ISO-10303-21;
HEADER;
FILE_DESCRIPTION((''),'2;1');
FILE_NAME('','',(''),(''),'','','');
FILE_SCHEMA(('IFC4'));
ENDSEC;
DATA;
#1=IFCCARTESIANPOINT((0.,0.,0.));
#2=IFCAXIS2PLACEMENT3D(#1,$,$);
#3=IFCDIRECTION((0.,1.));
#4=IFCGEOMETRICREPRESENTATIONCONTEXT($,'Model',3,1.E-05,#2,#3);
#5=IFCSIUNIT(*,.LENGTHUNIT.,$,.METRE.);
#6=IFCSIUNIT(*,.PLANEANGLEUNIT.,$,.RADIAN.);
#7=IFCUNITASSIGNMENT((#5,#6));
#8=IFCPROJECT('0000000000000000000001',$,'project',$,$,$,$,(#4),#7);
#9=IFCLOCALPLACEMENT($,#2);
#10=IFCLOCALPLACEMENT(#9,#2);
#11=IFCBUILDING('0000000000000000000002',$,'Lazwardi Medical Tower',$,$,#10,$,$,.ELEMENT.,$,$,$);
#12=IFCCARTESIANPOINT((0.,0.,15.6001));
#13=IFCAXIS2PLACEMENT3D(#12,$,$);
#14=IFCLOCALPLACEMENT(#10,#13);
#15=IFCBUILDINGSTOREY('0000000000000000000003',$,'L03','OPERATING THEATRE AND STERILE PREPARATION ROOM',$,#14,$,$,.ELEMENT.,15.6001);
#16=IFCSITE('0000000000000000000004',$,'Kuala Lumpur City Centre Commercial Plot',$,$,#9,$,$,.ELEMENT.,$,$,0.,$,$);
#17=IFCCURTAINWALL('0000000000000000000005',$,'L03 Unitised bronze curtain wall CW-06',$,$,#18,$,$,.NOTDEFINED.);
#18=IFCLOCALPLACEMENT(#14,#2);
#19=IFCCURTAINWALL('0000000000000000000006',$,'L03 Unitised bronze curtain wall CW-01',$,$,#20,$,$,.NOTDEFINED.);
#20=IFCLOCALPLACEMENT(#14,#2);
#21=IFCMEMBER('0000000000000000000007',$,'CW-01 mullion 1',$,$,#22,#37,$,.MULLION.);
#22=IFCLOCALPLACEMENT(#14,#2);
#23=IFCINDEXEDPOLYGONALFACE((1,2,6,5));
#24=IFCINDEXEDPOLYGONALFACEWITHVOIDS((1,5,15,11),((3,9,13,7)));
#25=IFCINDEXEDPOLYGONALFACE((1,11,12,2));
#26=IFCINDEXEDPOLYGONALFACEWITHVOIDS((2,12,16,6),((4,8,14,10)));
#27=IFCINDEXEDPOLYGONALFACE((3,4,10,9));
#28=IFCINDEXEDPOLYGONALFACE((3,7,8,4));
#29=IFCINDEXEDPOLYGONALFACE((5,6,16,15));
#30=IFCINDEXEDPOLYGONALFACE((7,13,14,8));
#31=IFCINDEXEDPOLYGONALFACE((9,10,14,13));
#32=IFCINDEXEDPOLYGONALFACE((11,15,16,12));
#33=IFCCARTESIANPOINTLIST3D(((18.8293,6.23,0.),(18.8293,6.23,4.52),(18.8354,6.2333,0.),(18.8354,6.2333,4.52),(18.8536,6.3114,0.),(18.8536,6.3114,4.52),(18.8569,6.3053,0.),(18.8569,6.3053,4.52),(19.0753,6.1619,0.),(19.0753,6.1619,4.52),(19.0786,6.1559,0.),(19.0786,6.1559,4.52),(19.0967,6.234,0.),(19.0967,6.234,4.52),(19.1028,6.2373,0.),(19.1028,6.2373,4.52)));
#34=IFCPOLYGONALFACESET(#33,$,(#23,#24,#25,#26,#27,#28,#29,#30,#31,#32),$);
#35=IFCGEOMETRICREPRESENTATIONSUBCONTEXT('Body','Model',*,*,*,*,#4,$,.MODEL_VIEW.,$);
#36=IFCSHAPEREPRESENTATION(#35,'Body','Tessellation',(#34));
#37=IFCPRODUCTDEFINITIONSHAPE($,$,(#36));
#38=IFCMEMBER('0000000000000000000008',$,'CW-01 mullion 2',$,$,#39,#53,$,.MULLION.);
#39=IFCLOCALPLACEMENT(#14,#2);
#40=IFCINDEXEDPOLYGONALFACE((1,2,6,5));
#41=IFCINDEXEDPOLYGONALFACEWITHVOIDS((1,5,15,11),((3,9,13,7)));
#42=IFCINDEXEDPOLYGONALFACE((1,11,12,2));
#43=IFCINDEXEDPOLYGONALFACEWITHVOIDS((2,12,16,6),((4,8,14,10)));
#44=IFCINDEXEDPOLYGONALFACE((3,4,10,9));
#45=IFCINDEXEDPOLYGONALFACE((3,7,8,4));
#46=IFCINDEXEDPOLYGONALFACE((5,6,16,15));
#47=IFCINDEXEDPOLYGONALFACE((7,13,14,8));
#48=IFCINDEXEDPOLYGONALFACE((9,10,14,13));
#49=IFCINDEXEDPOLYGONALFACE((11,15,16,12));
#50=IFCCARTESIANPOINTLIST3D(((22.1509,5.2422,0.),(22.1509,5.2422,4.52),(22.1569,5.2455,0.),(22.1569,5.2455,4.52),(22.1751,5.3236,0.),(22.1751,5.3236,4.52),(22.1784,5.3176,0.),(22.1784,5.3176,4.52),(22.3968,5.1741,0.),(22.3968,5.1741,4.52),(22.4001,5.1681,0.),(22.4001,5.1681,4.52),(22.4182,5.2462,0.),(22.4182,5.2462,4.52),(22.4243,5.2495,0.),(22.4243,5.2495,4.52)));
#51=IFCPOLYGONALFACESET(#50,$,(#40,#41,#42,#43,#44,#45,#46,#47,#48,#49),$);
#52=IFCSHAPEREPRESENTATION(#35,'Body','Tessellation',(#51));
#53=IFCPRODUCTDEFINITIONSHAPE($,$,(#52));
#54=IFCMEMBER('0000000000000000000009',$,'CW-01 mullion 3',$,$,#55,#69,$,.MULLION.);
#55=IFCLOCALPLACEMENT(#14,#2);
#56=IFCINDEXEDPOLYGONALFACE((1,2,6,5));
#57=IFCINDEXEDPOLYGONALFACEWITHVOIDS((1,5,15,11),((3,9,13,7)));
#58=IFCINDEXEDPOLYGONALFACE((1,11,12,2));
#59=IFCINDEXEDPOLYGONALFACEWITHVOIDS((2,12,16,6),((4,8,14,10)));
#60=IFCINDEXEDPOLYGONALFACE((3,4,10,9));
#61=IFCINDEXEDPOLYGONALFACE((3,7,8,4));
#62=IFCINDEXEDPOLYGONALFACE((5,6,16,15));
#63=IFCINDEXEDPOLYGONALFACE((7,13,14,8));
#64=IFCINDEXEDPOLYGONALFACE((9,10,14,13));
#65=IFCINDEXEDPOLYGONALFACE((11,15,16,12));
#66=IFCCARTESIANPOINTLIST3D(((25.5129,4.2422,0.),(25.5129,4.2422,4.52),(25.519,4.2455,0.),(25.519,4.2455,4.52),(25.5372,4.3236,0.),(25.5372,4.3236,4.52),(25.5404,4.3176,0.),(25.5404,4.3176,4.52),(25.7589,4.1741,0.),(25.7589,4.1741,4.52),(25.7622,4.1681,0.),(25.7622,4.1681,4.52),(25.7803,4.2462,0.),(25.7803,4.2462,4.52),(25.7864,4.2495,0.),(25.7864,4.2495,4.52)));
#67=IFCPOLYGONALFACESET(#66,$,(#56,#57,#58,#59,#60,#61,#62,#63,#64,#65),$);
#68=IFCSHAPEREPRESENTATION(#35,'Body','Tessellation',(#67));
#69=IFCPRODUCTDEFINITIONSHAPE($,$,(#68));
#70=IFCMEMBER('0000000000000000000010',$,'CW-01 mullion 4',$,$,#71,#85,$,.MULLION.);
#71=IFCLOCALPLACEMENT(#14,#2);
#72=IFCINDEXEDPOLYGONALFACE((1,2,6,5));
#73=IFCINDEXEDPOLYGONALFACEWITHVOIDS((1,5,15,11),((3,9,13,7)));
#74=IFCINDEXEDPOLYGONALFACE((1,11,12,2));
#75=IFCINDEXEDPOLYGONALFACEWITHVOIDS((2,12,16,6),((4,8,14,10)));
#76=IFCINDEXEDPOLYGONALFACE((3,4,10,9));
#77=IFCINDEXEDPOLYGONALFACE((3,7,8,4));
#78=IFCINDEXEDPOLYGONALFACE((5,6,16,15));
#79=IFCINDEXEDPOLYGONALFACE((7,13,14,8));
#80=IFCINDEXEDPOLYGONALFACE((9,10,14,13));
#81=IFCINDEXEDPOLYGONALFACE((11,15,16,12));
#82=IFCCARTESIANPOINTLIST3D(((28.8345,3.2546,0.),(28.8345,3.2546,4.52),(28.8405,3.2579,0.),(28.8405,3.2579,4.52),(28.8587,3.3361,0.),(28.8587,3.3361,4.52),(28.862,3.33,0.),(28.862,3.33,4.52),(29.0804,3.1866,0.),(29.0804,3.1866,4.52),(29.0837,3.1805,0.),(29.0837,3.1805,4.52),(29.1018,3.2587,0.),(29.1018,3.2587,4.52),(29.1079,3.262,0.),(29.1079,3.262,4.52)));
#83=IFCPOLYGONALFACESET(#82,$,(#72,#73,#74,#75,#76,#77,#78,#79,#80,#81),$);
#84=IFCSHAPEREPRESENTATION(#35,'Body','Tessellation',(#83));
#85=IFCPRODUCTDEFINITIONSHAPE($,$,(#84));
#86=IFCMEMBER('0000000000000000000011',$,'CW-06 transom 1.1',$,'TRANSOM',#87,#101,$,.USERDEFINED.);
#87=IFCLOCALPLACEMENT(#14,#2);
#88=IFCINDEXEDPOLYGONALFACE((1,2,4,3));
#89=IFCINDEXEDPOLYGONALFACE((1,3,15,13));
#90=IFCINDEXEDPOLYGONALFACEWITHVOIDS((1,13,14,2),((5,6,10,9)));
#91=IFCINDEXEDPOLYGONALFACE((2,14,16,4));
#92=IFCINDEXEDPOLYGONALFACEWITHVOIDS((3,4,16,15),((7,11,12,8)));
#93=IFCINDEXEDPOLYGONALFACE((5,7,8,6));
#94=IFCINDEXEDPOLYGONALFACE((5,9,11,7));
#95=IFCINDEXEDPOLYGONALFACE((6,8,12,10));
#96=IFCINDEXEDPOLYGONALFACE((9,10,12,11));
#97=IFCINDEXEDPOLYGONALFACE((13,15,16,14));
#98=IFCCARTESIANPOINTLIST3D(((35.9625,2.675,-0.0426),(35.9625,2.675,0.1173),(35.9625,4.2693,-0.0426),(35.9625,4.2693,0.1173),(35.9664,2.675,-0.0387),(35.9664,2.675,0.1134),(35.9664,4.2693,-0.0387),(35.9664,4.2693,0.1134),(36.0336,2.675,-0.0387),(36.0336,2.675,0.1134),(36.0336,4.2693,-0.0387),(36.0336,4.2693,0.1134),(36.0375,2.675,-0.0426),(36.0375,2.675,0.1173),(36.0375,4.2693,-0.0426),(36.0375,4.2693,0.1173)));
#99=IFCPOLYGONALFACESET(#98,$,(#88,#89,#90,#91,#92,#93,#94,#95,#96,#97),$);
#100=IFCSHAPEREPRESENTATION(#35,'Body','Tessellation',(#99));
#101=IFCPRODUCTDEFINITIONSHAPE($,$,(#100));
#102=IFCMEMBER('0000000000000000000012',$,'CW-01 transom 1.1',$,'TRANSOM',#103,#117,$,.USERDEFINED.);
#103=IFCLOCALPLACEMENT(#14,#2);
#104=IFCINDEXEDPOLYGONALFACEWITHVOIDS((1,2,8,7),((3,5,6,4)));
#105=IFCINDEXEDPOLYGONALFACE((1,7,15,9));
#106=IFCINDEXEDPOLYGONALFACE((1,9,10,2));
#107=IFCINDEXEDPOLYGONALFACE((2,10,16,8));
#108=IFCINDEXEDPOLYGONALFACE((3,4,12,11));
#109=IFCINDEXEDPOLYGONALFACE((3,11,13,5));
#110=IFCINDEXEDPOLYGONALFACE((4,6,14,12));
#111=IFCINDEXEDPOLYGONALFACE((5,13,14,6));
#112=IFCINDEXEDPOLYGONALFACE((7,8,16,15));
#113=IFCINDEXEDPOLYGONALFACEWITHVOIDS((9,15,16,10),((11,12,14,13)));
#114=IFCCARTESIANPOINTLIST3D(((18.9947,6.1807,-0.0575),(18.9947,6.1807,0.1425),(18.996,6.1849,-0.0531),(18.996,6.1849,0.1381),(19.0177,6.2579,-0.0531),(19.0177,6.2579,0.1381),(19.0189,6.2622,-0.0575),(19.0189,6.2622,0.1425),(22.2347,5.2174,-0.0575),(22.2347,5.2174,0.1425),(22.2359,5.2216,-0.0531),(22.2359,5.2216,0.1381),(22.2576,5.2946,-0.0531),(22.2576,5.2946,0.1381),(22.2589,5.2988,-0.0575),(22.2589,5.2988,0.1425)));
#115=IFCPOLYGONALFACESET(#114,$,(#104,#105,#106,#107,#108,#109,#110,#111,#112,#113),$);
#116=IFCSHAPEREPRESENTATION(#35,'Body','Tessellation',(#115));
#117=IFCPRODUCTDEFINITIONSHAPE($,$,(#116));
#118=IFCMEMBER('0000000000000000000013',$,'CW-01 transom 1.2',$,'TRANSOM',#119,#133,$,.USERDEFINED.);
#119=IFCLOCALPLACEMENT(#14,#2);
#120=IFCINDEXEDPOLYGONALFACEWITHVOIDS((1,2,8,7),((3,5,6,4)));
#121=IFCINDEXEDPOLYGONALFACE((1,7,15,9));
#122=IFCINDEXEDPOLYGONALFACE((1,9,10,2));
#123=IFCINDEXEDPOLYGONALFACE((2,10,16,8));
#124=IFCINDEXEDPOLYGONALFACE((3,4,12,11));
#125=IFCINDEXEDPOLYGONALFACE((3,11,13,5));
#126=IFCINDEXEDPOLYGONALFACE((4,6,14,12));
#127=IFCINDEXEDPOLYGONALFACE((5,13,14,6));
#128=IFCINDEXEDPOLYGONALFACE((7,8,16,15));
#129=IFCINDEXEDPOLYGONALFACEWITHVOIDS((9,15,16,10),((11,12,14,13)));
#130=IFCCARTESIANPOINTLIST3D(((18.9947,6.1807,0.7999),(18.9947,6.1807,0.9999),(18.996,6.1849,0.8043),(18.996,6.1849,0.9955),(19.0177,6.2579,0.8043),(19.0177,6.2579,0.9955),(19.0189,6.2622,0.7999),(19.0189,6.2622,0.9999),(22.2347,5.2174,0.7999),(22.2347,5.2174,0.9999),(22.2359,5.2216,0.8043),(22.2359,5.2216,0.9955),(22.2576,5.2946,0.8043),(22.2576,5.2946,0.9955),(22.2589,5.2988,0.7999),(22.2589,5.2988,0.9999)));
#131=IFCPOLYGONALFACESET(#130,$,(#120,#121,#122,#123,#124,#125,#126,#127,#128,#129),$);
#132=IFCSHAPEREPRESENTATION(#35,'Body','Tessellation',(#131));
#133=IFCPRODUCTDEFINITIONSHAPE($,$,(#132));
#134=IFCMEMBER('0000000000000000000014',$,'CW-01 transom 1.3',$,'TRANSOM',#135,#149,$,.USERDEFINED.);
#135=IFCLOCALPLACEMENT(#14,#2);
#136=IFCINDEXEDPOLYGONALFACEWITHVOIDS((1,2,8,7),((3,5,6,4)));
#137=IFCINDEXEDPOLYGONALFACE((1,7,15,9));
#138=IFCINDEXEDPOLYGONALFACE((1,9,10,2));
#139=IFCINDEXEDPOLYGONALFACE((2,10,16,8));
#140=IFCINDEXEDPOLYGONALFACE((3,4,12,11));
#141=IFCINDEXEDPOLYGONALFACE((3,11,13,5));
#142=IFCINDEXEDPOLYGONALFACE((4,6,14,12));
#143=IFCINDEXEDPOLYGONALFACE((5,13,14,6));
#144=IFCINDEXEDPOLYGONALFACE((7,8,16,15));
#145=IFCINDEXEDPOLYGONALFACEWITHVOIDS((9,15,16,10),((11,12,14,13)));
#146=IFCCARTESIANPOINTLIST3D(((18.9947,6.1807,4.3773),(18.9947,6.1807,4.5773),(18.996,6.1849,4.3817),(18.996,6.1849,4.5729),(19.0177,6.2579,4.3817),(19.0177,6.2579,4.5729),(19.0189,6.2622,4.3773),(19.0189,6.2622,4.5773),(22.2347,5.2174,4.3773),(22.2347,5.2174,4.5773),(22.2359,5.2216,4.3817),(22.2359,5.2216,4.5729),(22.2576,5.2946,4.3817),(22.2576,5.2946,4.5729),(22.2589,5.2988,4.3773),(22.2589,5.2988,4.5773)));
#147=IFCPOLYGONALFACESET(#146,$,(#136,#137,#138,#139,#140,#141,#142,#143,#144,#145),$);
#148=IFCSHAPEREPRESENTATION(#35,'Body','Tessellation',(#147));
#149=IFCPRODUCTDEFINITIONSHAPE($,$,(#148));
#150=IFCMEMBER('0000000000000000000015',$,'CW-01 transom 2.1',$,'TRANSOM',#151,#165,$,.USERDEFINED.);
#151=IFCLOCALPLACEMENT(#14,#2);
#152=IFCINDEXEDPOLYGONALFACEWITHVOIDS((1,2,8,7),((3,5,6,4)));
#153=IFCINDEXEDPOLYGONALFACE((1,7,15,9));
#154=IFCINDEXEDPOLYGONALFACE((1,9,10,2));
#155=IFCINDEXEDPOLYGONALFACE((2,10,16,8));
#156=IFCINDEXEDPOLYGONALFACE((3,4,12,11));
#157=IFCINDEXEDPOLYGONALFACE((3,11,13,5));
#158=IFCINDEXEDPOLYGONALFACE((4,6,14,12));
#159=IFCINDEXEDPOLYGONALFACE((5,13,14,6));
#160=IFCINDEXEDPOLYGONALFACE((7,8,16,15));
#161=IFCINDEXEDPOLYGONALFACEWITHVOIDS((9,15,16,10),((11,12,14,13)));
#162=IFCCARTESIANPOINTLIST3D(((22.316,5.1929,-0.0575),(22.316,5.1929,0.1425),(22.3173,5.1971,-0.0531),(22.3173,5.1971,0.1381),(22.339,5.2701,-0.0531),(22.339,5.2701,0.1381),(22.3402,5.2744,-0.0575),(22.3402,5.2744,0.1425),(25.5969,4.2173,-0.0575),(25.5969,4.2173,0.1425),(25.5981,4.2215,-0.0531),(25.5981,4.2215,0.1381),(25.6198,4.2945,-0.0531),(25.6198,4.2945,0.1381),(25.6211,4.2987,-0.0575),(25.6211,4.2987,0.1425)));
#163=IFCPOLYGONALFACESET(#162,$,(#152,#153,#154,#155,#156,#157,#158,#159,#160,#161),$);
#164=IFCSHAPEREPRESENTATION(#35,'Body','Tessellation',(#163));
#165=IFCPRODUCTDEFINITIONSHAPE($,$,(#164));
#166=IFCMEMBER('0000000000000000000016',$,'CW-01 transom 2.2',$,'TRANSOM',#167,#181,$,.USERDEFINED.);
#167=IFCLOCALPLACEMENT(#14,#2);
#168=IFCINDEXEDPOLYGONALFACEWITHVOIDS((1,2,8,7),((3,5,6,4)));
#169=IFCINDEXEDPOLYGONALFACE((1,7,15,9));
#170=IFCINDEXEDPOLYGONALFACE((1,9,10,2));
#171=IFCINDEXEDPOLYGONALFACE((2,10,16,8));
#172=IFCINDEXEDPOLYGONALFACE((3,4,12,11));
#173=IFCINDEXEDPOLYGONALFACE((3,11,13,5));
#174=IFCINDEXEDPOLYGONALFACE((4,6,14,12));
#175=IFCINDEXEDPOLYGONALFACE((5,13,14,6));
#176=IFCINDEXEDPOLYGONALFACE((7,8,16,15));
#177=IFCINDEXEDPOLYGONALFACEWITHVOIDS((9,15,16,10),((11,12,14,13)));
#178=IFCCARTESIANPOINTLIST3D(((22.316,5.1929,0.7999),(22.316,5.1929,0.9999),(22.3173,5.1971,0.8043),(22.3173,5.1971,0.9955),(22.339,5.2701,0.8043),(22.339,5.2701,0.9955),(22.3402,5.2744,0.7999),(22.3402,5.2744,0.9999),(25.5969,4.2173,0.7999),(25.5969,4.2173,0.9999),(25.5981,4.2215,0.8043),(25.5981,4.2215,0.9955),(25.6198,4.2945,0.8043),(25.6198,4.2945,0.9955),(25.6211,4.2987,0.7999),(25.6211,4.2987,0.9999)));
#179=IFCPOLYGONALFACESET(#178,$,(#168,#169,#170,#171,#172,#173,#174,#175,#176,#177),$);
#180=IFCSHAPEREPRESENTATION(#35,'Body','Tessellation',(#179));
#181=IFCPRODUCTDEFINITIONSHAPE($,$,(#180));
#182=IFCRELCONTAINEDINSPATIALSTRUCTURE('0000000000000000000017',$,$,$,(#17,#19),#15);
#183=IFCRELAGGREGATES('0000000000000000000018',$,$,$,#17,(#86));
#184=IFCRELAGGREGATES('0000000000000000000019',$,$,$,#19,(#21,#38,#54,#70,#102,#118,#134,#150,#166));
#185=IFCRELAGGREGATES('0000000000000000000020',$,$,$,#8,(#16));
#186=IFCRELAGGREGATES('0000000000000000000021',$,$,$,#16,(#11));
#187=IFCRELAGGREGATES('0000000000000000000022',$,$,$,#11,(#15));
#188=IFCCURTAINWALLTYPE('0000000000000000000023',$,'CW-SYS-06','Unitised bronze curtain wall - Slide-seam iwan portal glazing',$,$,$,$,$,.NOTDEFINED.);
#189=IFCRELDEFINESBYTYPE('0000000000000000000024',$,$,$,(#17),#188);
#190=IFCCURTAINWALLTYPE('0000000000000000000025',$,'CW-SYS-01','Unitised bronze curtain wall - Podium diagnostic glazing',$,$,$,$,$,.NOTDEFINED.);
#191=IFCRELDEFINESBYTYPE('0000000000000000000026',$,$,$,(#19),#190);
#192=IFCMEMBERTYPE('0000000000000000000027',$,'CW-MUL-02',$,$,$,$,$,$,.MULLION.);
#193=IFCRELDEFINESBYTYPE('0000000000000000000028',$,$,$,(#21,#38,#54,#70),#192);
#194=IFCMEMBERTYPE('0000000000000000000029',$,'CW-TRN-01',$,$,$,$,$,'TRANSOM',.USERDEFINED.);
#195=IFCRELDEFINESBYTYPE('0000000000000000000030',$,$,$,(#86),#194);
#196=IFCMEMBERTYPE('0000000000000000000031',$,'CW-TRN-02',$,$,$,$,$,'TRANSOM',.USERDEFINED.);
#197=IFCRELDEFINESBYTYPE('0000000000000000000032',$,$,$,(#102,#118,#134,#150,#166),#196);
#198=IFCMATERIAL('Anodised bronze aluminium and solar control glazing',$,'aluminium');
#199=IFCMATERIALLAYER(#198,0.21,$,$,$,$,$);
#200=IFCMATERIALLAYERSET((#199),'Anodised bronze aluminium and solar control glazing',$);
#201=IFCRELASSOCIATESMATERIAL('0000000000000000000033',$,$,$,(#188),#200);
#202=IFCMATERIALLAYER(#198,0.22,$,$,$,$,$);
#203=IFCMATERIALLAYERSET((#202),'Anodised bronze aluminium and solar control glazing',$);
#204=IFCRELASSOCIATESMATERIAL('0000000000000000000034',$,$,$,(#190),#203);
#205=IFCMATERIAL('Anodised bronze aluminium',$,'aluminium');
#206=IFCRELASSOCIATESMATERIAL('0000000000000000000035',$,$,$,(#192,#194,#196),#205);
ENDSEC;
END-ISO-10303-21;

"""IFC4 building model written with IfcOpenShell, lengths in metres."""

from ifc_helpers import new_model, si_unit, direction, frame, origin, origin_2d, place, context, subcontext, project, spatial, hollow_rectangle, extrude, material, layer, layer_set, material_profile, profile_set, type_object, element, aggregate, save


model = new_model("IFC4")

# Units and contexts
model_context = context("Model", 3, precision=1e-05, world=origin(), true_north=direction((0.0, 1.0)))
body_context = subcontext(model_context, "Body", "Model", "MODEL_VIEW")
ifc_project = project(units=[si_unit("LENGTHUNIT", "METRE"), si_unit("PLANEANGLEUNIT", "RADIAN")], contexts=[model_context])

# Site, building, storey
site_placement = place(None, origin())
site = spatial("IfcSite", under=ifc_project, at=site_placement, Name="Kuala Lumpur City Centre Commercial Plot", CompositionType="ELEMENT", RefElevation=0.0)
building_placement = place(site_placement, origin())
building = spatial("IfcBuilding", under=site, at=building_placement, Name="Lazwardi Medical Tower", CompositionType="ELEMENT")
storey_placement = place(building_placement, frame((0.0, 0.0, 15.6001)))
storey = spatial("IfcBuildingStorey", under=building, at=storey_placement, Name="L03", Description="OPERATING THEATRE AND STERILE PREPARATION ROOM", CompositionType="ELEMENT", Elevation=15.6001)

# Curtain walls, members
ifc_material_1 = material(Name="Anodised bronze aluminium and solar control glazing", Category="aluminium")
ifc_layer_1 = layer(ifc_material_1, 0.21)
ifc_layer_set_1 = layer_set([ifc_layer_1], Name="Anodised bronze aluminium and solar control glazing")
curtain_wall_type_1 = type_object("IfcCurtainWallType", Name="CW-SYS-06", Description="Unitised bronze curtain wall - Slide-seam iwan portal glazing", PredefinedType="NOTDEFINED", material=ifc_layer_set_1)
curtain_wall_1_placement = place(storey_placement, origin())
curtain_wall_1 = element("IfcCurtainWall", 1, at=curtain_wall_1_placement, inside=storey, type_object=curtain_wall_type_1, Name="L03 Unitised bronze curtain wall CW-06", PredefinedType="NOTDEFINED")
ifc_material_2 = material(Name="Anodised bronze aluminium", Category="aluminium")
ifc_layer_2 = layer(ifc_material_1, 0.22)
ifc_layer_set_2 = layer_set([ifc_layer_2], Name="Anodised bronze aluminium and solar control glazing")
curtain_wall_type_2 = type_object("IfcCurtainWallType", Name="CW-SYS-01", Description="Unitised bronze curtain wall - Podium diagnostic glazing", PredefinedType="NOTDEFINED", material=ifc_layer_set_2)
curtain_wall_2_placement = place(storey_placement, origin())
curtain_wall_2 = element("IfcCurtainWall", 2, at=curtain_wall_2_placement, inside=storey, type_object=curtain_wall_type_2, Name="L03 Unitised bronze curtain wall CW-01", PredefinedType="NOTDEFINED")
ifc_material_profile_1 = material_profile(ifc_material_2, hollow_rectangle(XDim=0.085, YDim=0.26, WallThickness=0.0049, at=origin_2d()), Name="ALU-MULLION 260x85x5")
ifc_profile_set_1 = profile_set([ifc_material_profile_1], Name="Anodised bronze aluminium")
member_type_1 = type_object("IfcMemberType", Name="CW-MUL-02", PredefinedType="MULLION", material=ifc_profile_set_1)
member_1_placement = place(storey_placement, frame((18.9661, 6.2336, 0.0), z_axis=(0.0, 0.0, 1.0), x_axis=(0.285047, 0.958513, 0.0)))
member_1 = element("IfcMember", 3, at=member_1_placement, type_object=member_type_1, Name="CW-01 mullion 1", PredefinedType="MULLION", context=body_context, shape_type="SweptSolid", body=[
    extrude(hollow_rectangle(XDim=0.085, YDim=0.26, WallThickness=0.0049, at=origin_2d()), origin(), (0.0, 0.0, 1.0), 4.52),
])
member_2_placement = place(storey_placement, frame((22.2876, 5.2458, 0.0), z_axis=(0.0, 0.0, 1.0), x_axis=(0.285047, 0.958513, 0.0)))
member_2 = element("IfcMember", 4, at=member_2_placement, type_object=member_type_1, Name="CW-01 mullion 2", PredefinedType="MULLION", context=body_context, shape_type="SweptSolid", body=[
    extrude(hollow_rectangle(XDim=0.085, YDim=0.26, WallThickness=0.0049, at=origin_2d()), origin(), (0.0, 0.0, 1.0), 4.52),
])
member_3_placement = place(storey_placement, frame((25.6497, 4.2458, 0.0), z_axis=(0.0, 0.0, 1.0), x_axis=(0.285047, 0.958513, 0.0)))
member_3 = element("IfcMember", 5, at=member_3_placement, type_object=member_type_1, Name="CW-01 mullion 3", PredefinedType="MULLION", context=body_context, shape_type="SweptSolid", body=[
    extrude(hollow_rectangle(XDim=0.085, YDim=0.26, WallThickness=0.0049, at=origin_2d()), origin(), (0.0, 0.0, 1.0), 4.52),
])
member_4_placement = place(storey_placement, frame((28.9712, 3.2583, 0.0), z_axis=(0.0, 0.0, 1.0), x_axis=(0.285047, 0.958513, 0.0)))
member_4 = element("IfcMember", 6, at=member_4_placement, type_object=member_type_1, Name="CW-01 mullion 4", PredefinedType="MULLION", context=body_context, shape_type="SweptSolid", body=[
    extrude(hollow_rectangle(XDim=0.085, YDim=0.26, WallThickness=0.0049, at=origin_2d()), origin(), (0.0, 0.0, 1.0), 4.52),
])

# Members
ifc_material_profile_2 = material_profile(ifc_material_2, hollow_rectangle(XDim=0.075, YDim=0.1599, WallThickness=0.0039, at=origin_2d()), Name="ALU-TRANSOM 160x75x4")
ifc_profile_set_2 = profile_set([ifc_material_profile_2], Name="Anodised bronze aluminium")
member_type_2 = type_object("IfcMemberType", Name="CW-TRN-01", ElementType="TRANSOM", PredefinedType="USERDEFINED", material=ifc_profile_set_2)
member_5_placement = place(storey_placement, frame((36.0, 2.675, 0.0374), z_axis=(0.0, 1.0, 0.0), x_axis=(-1.0, 0.0, 0.0)))
member_5 = element("IfcMember", 7, at=member_5_placement, type_object=member_type_2, Name="CW-06 transom 1.1", ObjectType="TRANSOM", PredefinedType="USERDEFINED", context=body_context, shape_type="SweptSolid", body=[
    extrude(hollow_rectangle(XDim=0.075, YDim=0.1599, WallThickness=0.0039, at=origin_2d()), origin(), (0.0, 0.0, 1.0), 1.5942),
])
aggregate(curtain_wall_1, [member_5])
ifc_material_profile_3 = material_profile(ifc_material_2, hollow_rectangle(XDim=0.085, YDim=0.2, WallThickness=0.0044, at=origin_2d()), Name="ALU-TRANSOM 200x85x4.5")
ifc_profile_set_3 = profile_set([ifc_material_profile_3], Name="Anodised bronze aluminium")
member_type_3 = type_object("IfcMemberType", Name="CW-TRN-02", ElementType="TRANSOM", PredefinedType="USERDEFINED", material=ifc_profile_set_3)
member_6_placement = place(storey_placement, frame((19.0068, 6.2214, 0.0425), z_axis=(0.958525, -0.285008, 0.0), x_axis=(0.285008, 0.958525, 0.0)))
member_6 = element("IfcMember", 8, at=member_6_placement, type_object=member_type_3, Name="CW-01 transom 1.1", ObjectType="TRANSOM", PredefinedType="USERDEFINED", context=body_context, shape_type="SweptSolid", body=[
    extrude(hollow_rectangle(XDim=0.085, YDim=0.2, WallThickness=0.0044, at=origin_2d()), origin(), (0.0, 0.0, 1.0), 3.3801),
])
member_7_placement = place(storey_placement, frame((19.0068, 6.2214, 0.8999), z_axis=(0.958525, -0.285008, 0.0), x_axis=(0.285008, 0.958525, 0.0)))
member_7 = element("IfcMember", 9, at=member_7_placement, type_object=member_type_3, Name="CW-01 transom 1.2", ObjectType="TRANSOM", PredefinedType="USERDEFINED", context=body_context, shape_type="SweptSolid", body=[
    extrude(hollow_rectangle(XDim=0.085, YDim=0.2, WallThickness=0.0044, at=origin_2d()), origin(), (0.0, 0.0, 1.0), 3.3801),
])
member_8_placement = place(storey_placement, frame((19.0068, 6.2214, 4.4773), z_axis=(0.958525, -0.285008, 0.0), x_axis=(0.285008, 0.958525, 0.0)))
member_8 = element("IfcMember", 10, at=member_8_placement, type_object=member_type_3, Name="CW-01 transom 1.3", ObjectType="TRANSOM", PredefinedType="USERDEFINED", context=body_context, shape_type="SweptSolid", body=[
    extrude(hollow_rectangle(XDim=0.085, YDim=0.2, WallThickness=0.0044, at=origin_2d()), origin(), (0.0, 0.0, 1.0), 3.3801),
])
member_9_placement = place(storey_placement, frame((22.3281, 5.2336, 0.0425), z_axis=(0.958518, -0.28503, 0.0), x_axis=(0.28503, 0.958518, 0.0)))
member_9 = element("IfcMember", 11, at=member_9_placement, type_object=member_type_3, Name="CW-01 transom 2.1", ObjectType="TRANSOM", PredefinedType="USERDEFINED", context=body_context, shape_type="SweptSolid", body=[
    extrude(hollow_rectangle(XDim=0.085, YDim=0.2, WallThickness=0.0044, at=origin_2d()), origin(), (0.0, 0.0, 1.0), 3.4229),
])
member_10_placement = place(storey_placement, frame((22.3281, 5.2336, 0.8999), z_axis=(0.958518, -0.28503, 0.0), x_axis=(0.28503, 0.958518, 0.0)))
member_10 = element("IfcMember", 12, at=member_10_placement, type_object=member_type_3, Name="CW-01 transom 2.2", ObjectType="TRANSOM", PredefinedType="USERDEFINED", context=body_context, shape_type="SweptSolid", body=[
    extrude(hollow_rectangle(XDim=0.085, YDim=0.2, WallThickness=0.0044, at=origin_2d()), origin(), (0.0, 0.0, 1.0), 3.4229),
])

aggregate(curtain_wall_2, [member_1, member_2, member_3, member_4, member_6, member_7, member_8, member_9, member_10])

save(model, "model.ifc")
